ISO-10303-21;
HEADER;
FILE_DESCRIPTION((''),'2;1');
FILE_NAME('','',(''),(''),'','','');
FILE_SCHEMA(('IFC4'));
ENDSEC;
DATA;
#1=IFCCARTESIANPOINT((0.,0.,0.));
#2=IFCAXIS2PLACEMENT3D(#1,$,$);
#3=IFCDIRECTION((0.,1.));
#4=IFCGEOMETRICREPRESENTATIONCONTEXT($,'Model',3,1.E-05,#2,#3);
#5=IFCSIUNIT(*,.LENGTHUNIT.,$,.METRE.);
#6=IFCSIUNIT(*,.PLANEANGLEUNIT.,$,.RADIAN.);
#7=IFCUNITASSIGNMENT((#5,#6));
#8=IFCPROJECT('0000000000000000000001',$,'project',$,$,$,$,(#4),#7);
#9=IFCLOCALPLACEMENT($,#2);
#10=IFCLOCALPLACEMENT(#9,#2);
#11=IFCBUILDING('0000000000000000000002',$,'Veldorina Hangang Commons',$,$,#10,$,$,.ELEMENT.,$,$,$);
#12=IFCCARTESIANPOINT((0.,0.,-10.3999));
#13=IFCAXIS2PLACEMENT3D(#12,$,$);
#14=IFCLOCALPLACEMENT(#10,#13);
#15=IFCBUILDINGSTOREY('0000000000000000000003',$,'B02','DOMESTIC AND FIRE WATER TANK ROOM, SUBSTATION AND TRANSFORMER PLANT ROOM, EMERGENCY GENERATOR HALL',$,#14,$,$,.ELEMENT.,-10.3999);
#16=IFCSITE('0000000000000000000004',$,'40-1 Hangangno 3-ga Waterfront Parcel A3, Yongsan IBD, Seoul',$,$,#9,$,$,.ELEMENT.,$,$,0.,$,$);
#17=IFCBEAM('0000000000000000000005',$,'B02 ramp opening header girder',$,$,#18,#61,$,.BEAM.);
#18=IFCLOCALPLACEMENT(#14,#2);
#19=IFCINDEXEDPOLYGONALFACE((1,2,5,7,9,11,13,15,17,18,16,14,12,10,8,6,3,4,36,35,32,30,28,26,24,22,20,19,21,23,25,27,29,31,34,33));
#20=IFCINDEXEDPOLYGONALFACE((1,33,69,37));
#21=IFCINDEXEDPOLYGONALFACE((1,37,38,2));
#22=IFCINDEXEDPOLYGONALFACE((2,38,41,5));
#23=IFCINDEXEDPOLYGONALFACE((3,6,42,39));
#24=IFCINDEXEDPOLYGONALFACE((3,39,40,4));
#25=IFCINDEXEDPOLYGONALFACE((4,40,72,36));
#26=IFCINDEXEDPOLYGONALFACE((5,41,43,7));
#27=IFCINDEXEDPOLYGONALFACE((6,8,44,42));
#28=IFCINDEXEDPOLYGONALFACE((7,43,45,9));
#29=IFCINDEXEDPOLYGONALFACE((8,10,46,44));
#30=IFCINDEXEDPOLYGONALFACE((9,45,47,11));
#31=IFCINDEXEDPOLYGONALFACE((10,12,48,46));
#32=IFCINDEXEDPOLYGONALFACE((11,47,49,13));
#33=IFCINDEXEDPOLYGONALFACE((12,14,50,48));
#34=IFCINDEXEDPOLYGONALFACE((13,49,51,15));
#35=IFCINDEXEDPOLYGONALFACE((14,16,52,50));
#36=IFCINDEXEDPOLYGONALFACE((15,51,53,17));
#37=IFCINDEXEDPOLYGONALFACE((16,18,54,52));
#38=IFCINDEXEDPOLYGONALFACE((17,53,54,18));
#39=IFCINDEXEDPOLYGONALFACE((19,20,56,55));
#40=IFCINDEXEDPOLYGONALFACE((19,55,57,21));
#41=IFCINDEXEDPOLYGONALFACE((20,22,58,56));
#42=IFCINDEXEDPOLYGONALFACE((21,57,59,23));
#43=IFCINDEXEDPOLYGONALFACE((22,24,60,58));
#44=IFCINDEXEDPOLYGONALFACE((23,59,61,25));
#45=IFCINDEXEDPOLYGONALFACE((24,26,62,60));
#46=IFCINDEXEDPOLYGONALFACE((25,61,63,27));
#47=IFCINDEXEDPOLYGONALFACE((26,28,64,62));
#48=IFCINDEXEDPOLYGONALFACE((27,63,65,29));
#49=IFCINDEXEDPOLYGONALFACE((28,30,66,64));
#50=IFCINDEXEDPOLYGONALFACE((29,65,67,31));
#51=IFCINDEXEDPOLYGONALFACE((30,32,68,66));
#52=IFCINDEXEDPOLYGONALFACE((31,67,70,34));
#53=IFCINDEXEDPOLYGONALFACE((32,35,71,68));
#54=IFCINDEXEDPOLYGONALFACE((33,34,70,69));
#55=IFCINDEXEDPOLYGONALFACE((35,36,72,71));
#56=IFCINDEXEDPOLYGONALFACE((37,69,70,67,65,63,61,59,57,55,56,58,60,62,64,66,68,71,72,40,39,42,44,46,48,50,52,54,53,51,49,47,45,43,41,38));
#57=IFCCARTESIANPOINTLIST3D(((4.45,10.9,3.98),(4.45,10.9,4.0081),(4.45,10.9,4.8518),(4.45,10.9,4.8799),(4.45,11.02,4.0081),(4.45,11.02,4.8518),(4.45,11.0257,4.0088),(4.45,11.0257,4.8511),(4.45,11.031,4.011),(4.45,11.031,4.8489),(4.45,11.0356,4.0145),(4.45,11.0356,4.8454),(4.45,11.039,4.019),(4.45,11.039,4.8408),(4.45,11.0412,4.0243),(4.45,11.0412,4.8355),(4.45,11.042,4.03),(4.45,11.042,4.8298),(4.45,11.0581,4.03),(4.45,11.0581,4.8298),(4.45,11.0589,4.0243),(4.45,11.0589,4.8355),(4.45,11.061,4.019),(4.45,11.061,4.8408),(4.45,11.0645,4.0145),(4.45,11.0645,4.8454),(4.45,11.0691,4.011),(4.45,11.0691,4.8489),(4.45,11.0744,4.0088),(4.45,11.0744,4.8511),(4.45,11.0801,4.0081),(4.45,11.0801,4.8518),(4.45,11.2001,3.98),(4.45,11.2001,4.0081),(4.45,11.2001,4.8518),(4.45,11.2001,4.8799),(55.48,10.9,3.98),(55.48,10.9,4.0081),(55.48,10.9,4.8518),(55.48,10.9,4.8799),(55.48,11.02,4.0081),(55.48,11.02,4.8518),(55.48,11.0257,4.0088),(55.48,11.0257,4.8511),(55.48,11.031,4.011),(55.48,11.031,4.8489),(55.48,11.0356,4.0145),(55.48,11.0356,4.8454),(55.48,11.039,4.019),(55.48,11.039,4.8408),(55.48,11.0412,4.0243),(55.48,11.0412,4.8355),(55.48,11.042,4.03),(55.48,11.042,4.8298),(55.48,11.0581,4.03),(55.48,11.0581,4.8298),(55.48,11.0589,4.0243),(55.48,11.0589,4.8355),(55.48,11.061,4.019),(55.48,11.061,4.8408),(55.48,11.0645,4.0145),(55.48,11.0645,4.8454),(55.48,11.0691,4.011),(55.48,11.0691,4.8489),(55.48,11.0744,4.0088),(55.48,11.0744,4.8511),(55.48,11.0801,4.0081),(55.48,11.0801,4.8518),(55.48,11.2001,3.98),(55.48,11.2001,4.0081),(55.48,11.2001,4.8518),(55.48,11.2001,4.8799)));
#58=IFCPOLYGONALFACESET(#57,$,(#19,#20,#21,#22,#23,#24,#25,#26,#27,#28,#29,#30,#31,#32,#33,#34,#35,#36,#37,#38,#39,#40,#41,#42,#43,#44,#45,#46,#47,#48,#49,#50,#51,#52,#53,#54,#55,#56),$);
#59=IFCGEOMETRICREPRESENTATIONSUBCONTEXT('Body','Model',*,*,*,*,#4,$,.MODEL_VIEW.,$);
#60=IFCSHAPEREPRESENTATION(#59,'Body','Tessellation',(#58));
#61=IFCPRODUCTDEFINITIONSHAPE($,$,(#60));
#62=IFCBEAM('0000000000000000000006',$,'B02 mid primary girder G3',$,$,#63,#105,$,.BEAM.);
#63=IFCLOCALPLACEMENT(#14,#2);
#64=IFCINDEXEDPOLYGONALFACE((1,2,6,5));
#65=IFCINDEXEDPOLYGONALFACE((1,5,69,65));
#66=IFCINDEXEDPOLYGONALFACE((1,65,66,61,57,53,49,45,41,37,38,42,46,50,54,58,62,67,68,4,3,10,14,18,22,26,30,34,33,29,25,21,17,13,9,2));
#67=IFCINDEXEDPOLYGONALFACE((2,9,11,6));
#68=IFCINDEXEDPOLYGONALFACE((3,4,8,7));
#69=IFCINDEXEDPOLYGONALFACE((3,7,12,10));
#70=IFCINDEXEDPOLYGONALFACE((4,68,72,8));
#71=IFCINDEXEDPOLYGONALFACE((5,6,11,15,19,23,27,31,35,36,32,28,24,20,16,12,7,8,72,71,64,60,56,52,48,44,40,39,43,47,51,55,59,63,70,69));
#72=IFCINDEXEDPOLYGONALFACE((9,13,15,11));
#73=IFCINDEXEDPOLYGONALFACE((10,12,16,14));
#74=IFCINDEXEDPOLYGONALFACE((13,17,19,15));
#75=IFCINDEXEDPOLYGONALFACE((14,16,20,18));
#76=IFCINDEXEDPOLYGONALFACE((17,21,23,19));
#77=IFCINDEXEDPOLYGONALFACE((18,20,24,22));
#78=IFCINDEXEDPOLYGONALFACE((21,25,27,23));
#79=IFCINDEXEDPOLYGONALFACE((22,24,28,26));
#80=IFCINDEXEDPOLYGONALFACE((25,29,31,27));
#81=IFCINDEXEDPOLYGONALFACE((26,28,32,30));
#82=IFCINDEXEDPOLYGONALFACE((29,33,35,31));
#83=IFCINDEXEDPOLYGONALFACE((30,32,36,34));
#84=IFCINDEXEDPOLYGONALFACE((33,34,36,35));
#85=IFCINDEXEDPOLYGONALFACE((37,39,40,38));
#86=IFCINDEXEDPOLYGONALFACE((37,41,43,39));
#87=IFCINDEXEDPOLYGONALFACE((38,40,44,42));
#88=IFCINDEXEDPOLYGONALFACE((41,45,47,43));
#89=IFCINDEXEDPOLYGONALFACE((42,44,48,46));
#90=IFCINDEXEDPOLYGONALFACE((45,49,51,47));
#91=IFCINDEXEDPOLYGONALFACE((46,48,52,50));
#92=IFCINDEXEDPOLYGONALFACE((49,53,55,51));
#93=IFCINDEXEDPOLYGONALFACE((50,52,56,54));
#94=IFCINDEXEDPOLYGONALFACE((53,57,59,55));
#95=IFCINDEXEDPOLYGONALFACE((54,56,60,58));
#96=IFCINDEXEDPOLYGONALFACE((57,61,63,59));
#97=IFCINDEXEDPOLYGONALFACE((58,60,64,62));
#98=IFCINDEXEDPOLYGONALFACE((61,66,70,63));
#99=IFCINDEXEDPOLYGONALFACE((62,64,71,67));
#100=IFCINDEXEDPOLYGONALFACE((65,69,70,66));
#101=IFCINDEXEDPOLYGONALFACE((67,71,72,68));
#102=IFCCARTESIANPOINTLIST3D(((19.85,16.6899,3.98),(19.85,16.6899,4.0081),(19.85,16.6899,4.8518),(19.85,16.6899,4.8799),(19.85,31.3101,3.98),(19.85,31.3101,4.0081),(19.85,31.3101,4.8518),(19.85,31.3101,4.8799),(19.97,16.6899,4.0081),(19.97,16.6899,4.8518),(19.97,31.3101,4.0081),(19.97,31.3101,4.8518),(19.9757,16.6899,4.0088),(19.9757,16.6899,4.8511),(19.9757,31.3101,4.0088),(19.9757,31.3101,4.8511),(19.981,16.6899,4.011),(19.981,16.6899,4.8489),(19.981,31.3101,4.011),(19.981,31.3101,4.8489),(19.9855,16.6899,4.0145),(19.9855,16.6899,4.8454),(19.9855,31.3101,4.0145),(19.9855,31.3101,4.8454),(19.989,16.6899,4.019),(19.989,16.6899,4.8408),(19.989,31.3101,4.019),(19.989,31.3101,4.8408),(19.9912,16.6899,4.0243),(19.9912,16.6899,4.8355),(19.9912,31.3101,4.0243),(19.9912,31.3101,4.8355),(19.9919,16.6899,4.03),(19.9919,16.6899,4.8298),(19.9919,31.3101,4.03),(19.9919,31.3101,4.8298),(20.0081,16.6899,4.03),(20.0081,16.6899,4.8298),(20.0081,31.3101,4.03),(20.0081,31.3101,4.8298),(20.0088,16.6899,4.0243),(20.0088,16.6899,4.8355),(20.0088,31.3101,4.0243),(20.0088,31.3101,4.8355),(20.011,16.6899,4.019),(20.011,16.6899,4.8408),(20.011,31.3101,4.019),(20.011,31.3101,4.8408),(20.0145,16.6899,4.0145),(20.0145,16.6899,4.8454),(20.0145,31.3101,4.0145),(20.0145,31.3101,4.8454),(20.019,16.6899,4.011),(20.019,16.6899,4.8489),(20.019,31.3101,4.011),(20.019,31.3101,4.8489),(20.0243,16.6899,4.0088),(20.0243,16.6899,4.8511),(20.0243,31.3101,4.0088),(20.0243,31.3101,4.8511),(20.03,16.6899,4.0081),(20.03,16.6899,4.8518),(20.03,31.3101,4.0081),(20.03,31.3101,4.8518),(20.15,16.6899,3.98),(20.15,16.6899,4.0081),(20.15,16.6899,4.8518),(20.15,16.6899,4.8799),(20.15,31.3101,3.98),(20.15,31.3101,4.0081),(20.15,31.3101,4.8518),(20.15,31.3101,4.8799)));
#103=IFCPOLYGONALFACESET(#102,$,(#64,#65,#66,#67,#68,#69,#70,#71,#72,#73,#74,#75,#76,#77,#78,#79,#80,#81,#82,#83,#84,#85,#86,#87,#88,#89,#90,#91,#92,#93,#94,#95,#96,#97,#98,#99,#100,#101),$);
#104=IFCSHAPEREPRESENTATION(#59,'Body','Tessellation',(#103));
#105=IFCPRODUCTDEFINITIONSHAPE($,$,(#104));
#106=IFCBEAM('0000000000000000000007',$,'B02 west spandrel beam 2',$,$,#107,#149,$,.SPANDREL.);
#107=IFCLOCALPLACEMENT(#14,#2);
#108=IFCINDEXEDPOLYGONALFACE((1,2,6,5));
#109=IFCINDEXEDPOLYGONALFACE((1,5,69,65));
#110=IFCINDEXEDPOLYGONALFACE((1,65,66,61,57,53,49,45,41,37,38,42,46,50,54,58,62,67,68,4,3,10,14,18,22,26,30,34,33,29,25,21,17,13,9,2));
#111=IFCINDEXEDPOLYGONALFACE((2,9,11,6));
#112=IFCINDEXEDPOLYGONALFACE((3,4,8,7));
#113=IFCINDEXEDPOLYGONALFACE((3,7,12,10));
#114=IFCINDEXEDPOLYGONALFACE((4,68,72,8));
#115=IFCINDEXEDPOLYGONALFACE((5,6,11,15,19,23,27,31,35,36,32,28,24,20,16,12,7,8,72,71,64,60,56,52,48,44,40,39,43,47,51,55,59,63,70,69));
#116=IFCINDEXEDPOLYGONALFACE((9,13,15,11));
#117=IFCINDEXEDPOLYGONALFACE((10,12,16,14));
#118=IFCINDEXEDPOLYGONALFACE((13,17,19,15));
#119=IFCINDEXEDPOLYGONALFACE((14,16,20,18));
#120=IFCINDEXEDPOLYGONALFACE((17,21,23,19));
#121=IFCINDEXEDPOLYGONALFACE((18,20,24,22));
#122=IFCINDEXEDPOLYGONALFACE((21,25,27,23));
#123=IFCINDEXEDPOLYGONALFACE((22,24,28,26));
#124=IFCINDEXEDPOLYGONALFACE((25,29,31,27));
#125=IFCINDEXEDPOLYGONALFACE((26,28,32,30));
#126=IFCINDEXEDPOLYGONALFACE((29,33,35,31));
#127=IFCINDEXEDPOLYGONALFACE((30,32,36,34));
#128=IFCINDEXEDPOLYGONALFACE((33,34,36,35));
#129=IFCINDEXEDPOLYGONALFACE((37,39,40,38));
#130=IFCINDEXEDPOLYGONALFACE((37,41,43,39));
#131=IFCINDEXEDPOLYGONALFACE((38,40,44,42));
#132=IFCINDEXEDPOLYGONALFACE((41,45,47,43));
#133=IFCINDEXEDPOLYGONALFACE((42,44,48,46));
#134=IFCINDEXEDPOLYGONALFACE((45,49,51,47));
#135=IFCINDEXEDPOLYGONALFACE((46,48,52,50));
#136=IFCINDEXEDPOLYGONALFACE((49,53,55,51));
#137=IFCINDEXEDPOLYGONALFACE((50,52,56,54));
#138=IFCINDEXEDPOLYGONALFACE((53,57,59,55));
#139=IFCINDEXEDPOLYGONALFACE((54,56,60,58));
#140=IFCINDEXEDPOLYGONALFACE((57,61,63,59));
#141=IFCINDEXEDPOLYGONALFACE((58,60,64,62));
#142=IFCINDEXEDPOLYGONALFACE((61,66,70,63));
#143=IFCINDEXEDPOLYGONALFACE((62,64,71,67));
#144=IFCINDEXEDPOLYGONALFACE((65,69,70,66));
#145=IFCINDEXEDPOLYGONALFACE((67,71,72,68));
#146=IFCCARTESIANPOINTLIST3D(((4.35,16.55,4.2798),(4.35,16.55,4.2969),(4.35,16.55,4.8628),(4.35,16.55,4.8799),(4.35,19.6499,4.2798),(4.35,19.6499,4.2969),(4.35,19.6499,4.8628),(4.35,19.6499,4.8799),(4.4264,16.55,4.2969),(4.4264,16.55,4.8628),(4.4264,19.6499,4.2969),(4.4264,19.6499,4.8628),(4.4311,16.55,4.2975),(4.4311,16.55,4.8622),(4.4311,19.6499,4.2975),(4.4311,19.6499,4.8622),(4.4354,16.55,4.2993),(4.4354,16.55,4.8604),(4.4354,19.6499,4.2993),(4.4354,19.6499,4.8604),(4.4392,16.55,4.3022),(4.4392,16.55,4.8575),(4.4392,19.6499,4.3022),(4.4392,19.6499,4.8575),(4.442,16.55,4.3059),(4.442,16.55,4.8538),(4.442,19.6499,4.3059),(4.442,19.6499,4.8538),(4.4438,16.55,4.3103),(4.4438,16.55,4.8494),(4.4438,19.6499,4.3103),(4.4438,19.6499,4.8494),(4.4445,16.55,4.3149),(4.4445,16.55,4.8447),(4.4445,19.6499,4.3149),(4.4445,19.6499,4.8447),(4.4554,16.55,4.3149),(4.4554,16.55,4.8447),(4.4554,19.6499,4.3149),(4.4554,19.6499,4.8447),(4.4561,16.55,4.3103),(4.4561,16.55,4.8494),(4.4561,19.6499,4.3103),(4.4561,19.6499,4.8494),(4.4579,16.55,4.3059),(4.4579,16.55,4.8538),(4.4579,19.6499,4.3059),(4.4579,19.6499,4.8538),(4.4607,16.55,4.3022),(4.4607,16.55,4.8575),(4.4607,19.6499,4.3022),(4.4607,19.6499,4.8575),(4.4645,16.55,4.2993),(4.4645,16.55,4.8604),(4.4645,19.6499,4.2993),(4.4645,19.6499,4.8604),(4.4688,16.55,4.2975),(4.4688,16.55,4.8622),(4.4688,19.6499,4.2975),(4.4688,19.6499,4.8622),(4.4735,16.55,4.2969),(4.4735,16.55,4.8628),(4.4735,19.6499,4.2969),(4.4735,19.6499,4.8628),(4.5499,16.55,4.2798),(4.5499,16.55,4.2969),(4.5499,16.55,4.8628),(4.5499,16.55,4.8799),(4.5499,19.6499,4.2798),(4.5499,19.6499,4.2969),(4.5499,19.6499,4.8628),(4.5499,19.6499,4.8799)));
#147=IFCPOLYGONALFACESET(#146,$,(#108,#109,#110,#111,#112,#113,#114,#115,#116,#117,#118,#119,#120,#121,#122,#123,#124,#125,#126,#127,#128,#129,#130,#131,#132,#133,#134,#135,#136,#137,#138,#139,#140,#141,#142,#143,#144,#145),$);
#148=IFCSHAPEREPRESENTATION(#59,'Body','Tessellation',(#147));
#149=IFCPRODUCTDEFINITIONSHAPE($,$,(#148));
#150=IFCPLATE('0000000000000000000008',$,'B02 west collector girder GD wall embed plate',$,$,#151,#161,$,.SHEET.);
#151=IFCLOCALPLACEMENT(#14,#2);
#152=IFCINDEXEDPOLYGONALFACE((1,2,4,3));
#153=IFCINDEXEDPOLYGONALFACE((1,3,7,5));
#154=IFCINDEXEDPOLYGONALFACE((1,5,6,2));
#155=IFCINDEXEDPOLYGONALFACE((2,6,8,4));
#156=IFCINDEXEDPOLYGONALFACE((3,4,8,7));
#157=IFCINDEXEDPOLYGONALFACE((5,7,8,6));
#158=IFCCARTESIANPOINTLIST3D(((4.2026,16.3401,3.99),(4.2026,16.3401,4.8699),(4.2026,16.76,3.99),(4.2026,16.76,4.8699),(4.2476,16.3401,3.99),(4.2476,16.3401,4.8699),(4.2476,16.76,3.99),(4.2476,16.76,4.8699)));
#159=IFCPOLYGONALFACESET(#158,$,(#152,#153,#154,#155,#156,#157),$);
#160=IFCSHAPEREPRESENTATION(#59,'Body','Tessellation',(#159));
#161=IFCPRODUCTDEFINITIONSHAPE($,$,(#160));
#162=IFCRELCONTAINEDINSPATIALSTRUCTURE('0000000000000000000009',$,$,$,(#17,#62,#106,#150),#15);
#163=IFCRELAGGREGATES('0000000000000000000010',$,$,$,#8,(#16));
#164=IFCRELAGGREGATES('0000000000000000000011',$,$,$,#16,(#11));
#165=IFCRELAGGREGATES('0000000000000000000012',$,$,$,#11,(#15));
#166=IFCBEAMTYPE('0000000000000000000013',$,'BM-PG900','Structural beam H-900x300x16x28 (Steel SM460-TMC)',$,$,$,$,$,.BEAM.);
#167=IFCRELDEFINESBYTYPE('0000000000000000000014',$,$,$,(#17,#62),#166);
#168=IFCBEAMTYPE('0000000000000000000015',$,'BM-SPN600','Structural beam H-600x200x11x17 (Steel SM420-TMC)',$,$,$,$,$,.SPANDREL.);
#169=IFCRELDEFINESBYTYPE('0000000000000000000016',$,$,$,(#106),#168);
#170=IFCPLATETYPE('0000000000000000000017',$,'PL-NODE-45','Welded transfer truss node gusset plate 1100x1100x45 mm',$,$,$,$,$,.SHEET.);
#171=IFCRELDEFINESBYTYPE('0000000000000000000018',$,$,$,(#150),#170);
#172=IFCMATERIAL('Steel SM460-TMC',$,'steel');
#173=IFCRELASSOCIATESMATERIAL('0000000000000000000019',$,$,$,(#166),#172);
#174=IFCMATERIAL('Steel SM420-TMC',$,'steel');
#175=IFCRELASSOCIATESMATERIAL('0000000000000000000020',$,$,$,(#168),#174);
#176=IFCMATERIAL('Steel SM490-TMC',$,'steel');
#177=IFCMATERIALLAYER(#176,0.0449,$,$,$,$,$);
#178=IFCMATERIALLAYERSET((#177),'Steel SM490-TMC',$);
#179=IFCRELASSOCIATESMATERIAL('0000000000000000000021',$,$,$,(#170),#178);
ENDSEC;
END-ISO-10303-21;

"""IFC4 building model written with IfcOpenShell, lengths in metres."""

from ifc_helpers import new_model, si_unit, direction, frame, origin, origin_2d, place, context, subcontext, project, spatial, rectangle, i_section, extrude, material, layer, layer_set, material_profile, profile_set, type_object, element, save


model = new_model("IFC4")

# Units and contexts
model_context = context("Model", 3, precision=1e-05, world=origin(), true_north=direction((0.0, 1.0)))
body_context = subcontext(model_context, "Body", "Model", "MODEL_VIEW")
ifc_project = project(units=[si_unit("LENGTHUNIT", "METRE"), si_unit("PLANEANGLEUNIT", "RADIAN")], contexts=[model_context])

# Site, building, storey
site_placement = place(None, origin())
site = spatial("IfcSite", under=ifc_project, at=site_placement, Name="40-1 Hangangno 3-ga Waterfront Parcel A3, Yongsan IBD, Seoul", CompositionType="ELEMENT", RefElevation=0.0)
building_placement = place(site_placement, origin())
building = spatial("IfcBuilding", under=site, at=building_placement, Name="Veldorina Hangang Commons", CompositionType="ELEMENT")
storey_placement = place(building_placement, frame((0.0, 0.0, -10.3999)))
storey = spatial("IfcBuildingStorey", under=building, at=storey_placement, Name="B02", Description="DOMESTIC AND FIRE WATER TANK ROOM, SUBSTATION AND TRANSFORMER PLANT ROOM, EMERGENCY GENERATOR HALL", CompositionType="ELEMENT", Elevation=-10.3999)

# Shared definitions
ifc_material_1 = material(Name="Steel SM420-TMC", Category="steel")

# Beams
ifc_material_2 = material(Name="Steel SM460-TMC", Category="steel")
ifc_material_profile_1 = material_profile(ifc_material_2, i_section(OverallWidth=0.3, OverallDepth=0.8999, WebThickness=0.0161, FlangeThickness=0.0281, FilletRadius=0.022, at=origin_2d()), Name="H-900x300x16x28")
ifc_profile_set_1 = profile_set([ifc_material_profile_1], Name="Steel SM460-TMC")
beam_type_1 = type_object("IfcBeamType", Name="BM-PG900", Description="Structural beam H-900x300x16x28 (Steel SM460-TMC)", PredefinedType="BEAM", material=ifc_profile_set_1)
beam_1_placement = place(storey_placement, frame((4.45, 11.05, 4.4299), z_axis=(1.0, 0.0, 0.0), x_axis=(0.0, 1.0, 0.0)))
element("IfcBeam", 1, at=beam_1_placement, inside=storey, type_object=beam_type_1, Name="B02 ramp opening header girder", PredefinedType="BEAM", context=body_context, shape_type="SweptSolid", body=[
    extrude(i_section(OverallWidth=0.3, OverallDepth=0.8999, WebThickness=0.0161, FlangeThickness=0.0281, FilletRadius=0.022, at=origin_2d()), origin(), (0.0, 0.0, 1.0), 51.03),
])
beam_2_placement = place(storey_placement, frame((20.0, 16.6899, 4.4299), z_axis=(0.0, 1.0, 0.0), x_axis=(-1.0, 0.0, 0.0)))
element("IfcBeam", 2, at=beam_2_placement, inside=storey, type_object=beam_type_1, Name="B02 mid primary girder G3", PredefinedType="BEAM", context=body_context, shape_type="SweptSolid", body=[
    extrude(i_section(OverallWidth=0.3, OverallDepth=0.8999, WebThickness=0.0161, FlangeThickness=0.0281, FilletRadius=0.022, at=origin_2d()), origin(), (0.0, 0.0, 1.0), 14.6201),
])
ifc_material_profile_2 = material_profile(ifc_material_1, i_section(OverallWidth=0.2, OverallDepth=0.6001, WebThickness=0.011, FlangeThickness=0.0171, FilletRadius=0.0181, at=origin_2d()), Name="H-600x200x11x17")
ifc_profile_set_2 = profile_set([ifc_material_profile_2], Name="Steel SM420-TMC")
beam_type_2 = type_object("IfcBeamType", Name="BM-SPN600", Description="Structural beam H-600x200x11x17 (Steel SM420-TMC)", PredefinedType="SPANDREL", material=ifc_profile_set_2)
beam_3_placement = place(storey_placement, frame((4.45, 16.55, 4.5798), z_axis=(0.0, 1.0, 0.0), x_axis=(-1.0, 0.0, 0.0)))
element("IfcBeam", 3, at=beam_3_placement, inside=storey, type_object=beam_type_2, Name="B02 west spandrel beam 2", PredefinedType="SPANDREL", context=body_context, shape_type="SweptSolid", body=[
    extrude(i_section(OverallWidth=0.2, OverallDepth=0.6001, WebThickness=0.011, FlangeThickness=0.0171, FilletRadius=0.0181, at=origin_2d()), origin(), (0.0, 0.0, 1.0), 3.0999),
])

# Plate
ifc_material_3 = material(Name="Steel SM490-TMC", Category="steel")
ifc_layer_1 = layer(ifc_material_3, 0.0449)
ifc_layer_set_1 = layer_set([ifc_layer_1], Name="Steel SM490-TMC")
plate_type = type_object("IfcPlateType", Name="PL-NODE-45", Description="Welded transfer truss node gusset plate 1100x1100x45 mm", PredefinedType="SHEET", material=ifc_layer_set_1)
plate_placement = place(storey_placement, frame((4.2251, 16.55, 3.99), z_axis=(0.0, 0.0, 1.0), x_axis=(1.0, 0.0, 0.0)))
element("IfcPlate", 4, at=plate_placement, inside=storey, type_object=plate_type, Name="B02 west collector girder GD wall embed plate", PredefinedType="SHEET", context=body_context, shape_type="SweptSolid", body=[
    extrude(rectangle(XDim=0.0449, YDim=0.4199, at=origin_2d()), origin(), (0.0, 0.0, 1.0), 0.8799),
])

save(model, "model.ifc")
